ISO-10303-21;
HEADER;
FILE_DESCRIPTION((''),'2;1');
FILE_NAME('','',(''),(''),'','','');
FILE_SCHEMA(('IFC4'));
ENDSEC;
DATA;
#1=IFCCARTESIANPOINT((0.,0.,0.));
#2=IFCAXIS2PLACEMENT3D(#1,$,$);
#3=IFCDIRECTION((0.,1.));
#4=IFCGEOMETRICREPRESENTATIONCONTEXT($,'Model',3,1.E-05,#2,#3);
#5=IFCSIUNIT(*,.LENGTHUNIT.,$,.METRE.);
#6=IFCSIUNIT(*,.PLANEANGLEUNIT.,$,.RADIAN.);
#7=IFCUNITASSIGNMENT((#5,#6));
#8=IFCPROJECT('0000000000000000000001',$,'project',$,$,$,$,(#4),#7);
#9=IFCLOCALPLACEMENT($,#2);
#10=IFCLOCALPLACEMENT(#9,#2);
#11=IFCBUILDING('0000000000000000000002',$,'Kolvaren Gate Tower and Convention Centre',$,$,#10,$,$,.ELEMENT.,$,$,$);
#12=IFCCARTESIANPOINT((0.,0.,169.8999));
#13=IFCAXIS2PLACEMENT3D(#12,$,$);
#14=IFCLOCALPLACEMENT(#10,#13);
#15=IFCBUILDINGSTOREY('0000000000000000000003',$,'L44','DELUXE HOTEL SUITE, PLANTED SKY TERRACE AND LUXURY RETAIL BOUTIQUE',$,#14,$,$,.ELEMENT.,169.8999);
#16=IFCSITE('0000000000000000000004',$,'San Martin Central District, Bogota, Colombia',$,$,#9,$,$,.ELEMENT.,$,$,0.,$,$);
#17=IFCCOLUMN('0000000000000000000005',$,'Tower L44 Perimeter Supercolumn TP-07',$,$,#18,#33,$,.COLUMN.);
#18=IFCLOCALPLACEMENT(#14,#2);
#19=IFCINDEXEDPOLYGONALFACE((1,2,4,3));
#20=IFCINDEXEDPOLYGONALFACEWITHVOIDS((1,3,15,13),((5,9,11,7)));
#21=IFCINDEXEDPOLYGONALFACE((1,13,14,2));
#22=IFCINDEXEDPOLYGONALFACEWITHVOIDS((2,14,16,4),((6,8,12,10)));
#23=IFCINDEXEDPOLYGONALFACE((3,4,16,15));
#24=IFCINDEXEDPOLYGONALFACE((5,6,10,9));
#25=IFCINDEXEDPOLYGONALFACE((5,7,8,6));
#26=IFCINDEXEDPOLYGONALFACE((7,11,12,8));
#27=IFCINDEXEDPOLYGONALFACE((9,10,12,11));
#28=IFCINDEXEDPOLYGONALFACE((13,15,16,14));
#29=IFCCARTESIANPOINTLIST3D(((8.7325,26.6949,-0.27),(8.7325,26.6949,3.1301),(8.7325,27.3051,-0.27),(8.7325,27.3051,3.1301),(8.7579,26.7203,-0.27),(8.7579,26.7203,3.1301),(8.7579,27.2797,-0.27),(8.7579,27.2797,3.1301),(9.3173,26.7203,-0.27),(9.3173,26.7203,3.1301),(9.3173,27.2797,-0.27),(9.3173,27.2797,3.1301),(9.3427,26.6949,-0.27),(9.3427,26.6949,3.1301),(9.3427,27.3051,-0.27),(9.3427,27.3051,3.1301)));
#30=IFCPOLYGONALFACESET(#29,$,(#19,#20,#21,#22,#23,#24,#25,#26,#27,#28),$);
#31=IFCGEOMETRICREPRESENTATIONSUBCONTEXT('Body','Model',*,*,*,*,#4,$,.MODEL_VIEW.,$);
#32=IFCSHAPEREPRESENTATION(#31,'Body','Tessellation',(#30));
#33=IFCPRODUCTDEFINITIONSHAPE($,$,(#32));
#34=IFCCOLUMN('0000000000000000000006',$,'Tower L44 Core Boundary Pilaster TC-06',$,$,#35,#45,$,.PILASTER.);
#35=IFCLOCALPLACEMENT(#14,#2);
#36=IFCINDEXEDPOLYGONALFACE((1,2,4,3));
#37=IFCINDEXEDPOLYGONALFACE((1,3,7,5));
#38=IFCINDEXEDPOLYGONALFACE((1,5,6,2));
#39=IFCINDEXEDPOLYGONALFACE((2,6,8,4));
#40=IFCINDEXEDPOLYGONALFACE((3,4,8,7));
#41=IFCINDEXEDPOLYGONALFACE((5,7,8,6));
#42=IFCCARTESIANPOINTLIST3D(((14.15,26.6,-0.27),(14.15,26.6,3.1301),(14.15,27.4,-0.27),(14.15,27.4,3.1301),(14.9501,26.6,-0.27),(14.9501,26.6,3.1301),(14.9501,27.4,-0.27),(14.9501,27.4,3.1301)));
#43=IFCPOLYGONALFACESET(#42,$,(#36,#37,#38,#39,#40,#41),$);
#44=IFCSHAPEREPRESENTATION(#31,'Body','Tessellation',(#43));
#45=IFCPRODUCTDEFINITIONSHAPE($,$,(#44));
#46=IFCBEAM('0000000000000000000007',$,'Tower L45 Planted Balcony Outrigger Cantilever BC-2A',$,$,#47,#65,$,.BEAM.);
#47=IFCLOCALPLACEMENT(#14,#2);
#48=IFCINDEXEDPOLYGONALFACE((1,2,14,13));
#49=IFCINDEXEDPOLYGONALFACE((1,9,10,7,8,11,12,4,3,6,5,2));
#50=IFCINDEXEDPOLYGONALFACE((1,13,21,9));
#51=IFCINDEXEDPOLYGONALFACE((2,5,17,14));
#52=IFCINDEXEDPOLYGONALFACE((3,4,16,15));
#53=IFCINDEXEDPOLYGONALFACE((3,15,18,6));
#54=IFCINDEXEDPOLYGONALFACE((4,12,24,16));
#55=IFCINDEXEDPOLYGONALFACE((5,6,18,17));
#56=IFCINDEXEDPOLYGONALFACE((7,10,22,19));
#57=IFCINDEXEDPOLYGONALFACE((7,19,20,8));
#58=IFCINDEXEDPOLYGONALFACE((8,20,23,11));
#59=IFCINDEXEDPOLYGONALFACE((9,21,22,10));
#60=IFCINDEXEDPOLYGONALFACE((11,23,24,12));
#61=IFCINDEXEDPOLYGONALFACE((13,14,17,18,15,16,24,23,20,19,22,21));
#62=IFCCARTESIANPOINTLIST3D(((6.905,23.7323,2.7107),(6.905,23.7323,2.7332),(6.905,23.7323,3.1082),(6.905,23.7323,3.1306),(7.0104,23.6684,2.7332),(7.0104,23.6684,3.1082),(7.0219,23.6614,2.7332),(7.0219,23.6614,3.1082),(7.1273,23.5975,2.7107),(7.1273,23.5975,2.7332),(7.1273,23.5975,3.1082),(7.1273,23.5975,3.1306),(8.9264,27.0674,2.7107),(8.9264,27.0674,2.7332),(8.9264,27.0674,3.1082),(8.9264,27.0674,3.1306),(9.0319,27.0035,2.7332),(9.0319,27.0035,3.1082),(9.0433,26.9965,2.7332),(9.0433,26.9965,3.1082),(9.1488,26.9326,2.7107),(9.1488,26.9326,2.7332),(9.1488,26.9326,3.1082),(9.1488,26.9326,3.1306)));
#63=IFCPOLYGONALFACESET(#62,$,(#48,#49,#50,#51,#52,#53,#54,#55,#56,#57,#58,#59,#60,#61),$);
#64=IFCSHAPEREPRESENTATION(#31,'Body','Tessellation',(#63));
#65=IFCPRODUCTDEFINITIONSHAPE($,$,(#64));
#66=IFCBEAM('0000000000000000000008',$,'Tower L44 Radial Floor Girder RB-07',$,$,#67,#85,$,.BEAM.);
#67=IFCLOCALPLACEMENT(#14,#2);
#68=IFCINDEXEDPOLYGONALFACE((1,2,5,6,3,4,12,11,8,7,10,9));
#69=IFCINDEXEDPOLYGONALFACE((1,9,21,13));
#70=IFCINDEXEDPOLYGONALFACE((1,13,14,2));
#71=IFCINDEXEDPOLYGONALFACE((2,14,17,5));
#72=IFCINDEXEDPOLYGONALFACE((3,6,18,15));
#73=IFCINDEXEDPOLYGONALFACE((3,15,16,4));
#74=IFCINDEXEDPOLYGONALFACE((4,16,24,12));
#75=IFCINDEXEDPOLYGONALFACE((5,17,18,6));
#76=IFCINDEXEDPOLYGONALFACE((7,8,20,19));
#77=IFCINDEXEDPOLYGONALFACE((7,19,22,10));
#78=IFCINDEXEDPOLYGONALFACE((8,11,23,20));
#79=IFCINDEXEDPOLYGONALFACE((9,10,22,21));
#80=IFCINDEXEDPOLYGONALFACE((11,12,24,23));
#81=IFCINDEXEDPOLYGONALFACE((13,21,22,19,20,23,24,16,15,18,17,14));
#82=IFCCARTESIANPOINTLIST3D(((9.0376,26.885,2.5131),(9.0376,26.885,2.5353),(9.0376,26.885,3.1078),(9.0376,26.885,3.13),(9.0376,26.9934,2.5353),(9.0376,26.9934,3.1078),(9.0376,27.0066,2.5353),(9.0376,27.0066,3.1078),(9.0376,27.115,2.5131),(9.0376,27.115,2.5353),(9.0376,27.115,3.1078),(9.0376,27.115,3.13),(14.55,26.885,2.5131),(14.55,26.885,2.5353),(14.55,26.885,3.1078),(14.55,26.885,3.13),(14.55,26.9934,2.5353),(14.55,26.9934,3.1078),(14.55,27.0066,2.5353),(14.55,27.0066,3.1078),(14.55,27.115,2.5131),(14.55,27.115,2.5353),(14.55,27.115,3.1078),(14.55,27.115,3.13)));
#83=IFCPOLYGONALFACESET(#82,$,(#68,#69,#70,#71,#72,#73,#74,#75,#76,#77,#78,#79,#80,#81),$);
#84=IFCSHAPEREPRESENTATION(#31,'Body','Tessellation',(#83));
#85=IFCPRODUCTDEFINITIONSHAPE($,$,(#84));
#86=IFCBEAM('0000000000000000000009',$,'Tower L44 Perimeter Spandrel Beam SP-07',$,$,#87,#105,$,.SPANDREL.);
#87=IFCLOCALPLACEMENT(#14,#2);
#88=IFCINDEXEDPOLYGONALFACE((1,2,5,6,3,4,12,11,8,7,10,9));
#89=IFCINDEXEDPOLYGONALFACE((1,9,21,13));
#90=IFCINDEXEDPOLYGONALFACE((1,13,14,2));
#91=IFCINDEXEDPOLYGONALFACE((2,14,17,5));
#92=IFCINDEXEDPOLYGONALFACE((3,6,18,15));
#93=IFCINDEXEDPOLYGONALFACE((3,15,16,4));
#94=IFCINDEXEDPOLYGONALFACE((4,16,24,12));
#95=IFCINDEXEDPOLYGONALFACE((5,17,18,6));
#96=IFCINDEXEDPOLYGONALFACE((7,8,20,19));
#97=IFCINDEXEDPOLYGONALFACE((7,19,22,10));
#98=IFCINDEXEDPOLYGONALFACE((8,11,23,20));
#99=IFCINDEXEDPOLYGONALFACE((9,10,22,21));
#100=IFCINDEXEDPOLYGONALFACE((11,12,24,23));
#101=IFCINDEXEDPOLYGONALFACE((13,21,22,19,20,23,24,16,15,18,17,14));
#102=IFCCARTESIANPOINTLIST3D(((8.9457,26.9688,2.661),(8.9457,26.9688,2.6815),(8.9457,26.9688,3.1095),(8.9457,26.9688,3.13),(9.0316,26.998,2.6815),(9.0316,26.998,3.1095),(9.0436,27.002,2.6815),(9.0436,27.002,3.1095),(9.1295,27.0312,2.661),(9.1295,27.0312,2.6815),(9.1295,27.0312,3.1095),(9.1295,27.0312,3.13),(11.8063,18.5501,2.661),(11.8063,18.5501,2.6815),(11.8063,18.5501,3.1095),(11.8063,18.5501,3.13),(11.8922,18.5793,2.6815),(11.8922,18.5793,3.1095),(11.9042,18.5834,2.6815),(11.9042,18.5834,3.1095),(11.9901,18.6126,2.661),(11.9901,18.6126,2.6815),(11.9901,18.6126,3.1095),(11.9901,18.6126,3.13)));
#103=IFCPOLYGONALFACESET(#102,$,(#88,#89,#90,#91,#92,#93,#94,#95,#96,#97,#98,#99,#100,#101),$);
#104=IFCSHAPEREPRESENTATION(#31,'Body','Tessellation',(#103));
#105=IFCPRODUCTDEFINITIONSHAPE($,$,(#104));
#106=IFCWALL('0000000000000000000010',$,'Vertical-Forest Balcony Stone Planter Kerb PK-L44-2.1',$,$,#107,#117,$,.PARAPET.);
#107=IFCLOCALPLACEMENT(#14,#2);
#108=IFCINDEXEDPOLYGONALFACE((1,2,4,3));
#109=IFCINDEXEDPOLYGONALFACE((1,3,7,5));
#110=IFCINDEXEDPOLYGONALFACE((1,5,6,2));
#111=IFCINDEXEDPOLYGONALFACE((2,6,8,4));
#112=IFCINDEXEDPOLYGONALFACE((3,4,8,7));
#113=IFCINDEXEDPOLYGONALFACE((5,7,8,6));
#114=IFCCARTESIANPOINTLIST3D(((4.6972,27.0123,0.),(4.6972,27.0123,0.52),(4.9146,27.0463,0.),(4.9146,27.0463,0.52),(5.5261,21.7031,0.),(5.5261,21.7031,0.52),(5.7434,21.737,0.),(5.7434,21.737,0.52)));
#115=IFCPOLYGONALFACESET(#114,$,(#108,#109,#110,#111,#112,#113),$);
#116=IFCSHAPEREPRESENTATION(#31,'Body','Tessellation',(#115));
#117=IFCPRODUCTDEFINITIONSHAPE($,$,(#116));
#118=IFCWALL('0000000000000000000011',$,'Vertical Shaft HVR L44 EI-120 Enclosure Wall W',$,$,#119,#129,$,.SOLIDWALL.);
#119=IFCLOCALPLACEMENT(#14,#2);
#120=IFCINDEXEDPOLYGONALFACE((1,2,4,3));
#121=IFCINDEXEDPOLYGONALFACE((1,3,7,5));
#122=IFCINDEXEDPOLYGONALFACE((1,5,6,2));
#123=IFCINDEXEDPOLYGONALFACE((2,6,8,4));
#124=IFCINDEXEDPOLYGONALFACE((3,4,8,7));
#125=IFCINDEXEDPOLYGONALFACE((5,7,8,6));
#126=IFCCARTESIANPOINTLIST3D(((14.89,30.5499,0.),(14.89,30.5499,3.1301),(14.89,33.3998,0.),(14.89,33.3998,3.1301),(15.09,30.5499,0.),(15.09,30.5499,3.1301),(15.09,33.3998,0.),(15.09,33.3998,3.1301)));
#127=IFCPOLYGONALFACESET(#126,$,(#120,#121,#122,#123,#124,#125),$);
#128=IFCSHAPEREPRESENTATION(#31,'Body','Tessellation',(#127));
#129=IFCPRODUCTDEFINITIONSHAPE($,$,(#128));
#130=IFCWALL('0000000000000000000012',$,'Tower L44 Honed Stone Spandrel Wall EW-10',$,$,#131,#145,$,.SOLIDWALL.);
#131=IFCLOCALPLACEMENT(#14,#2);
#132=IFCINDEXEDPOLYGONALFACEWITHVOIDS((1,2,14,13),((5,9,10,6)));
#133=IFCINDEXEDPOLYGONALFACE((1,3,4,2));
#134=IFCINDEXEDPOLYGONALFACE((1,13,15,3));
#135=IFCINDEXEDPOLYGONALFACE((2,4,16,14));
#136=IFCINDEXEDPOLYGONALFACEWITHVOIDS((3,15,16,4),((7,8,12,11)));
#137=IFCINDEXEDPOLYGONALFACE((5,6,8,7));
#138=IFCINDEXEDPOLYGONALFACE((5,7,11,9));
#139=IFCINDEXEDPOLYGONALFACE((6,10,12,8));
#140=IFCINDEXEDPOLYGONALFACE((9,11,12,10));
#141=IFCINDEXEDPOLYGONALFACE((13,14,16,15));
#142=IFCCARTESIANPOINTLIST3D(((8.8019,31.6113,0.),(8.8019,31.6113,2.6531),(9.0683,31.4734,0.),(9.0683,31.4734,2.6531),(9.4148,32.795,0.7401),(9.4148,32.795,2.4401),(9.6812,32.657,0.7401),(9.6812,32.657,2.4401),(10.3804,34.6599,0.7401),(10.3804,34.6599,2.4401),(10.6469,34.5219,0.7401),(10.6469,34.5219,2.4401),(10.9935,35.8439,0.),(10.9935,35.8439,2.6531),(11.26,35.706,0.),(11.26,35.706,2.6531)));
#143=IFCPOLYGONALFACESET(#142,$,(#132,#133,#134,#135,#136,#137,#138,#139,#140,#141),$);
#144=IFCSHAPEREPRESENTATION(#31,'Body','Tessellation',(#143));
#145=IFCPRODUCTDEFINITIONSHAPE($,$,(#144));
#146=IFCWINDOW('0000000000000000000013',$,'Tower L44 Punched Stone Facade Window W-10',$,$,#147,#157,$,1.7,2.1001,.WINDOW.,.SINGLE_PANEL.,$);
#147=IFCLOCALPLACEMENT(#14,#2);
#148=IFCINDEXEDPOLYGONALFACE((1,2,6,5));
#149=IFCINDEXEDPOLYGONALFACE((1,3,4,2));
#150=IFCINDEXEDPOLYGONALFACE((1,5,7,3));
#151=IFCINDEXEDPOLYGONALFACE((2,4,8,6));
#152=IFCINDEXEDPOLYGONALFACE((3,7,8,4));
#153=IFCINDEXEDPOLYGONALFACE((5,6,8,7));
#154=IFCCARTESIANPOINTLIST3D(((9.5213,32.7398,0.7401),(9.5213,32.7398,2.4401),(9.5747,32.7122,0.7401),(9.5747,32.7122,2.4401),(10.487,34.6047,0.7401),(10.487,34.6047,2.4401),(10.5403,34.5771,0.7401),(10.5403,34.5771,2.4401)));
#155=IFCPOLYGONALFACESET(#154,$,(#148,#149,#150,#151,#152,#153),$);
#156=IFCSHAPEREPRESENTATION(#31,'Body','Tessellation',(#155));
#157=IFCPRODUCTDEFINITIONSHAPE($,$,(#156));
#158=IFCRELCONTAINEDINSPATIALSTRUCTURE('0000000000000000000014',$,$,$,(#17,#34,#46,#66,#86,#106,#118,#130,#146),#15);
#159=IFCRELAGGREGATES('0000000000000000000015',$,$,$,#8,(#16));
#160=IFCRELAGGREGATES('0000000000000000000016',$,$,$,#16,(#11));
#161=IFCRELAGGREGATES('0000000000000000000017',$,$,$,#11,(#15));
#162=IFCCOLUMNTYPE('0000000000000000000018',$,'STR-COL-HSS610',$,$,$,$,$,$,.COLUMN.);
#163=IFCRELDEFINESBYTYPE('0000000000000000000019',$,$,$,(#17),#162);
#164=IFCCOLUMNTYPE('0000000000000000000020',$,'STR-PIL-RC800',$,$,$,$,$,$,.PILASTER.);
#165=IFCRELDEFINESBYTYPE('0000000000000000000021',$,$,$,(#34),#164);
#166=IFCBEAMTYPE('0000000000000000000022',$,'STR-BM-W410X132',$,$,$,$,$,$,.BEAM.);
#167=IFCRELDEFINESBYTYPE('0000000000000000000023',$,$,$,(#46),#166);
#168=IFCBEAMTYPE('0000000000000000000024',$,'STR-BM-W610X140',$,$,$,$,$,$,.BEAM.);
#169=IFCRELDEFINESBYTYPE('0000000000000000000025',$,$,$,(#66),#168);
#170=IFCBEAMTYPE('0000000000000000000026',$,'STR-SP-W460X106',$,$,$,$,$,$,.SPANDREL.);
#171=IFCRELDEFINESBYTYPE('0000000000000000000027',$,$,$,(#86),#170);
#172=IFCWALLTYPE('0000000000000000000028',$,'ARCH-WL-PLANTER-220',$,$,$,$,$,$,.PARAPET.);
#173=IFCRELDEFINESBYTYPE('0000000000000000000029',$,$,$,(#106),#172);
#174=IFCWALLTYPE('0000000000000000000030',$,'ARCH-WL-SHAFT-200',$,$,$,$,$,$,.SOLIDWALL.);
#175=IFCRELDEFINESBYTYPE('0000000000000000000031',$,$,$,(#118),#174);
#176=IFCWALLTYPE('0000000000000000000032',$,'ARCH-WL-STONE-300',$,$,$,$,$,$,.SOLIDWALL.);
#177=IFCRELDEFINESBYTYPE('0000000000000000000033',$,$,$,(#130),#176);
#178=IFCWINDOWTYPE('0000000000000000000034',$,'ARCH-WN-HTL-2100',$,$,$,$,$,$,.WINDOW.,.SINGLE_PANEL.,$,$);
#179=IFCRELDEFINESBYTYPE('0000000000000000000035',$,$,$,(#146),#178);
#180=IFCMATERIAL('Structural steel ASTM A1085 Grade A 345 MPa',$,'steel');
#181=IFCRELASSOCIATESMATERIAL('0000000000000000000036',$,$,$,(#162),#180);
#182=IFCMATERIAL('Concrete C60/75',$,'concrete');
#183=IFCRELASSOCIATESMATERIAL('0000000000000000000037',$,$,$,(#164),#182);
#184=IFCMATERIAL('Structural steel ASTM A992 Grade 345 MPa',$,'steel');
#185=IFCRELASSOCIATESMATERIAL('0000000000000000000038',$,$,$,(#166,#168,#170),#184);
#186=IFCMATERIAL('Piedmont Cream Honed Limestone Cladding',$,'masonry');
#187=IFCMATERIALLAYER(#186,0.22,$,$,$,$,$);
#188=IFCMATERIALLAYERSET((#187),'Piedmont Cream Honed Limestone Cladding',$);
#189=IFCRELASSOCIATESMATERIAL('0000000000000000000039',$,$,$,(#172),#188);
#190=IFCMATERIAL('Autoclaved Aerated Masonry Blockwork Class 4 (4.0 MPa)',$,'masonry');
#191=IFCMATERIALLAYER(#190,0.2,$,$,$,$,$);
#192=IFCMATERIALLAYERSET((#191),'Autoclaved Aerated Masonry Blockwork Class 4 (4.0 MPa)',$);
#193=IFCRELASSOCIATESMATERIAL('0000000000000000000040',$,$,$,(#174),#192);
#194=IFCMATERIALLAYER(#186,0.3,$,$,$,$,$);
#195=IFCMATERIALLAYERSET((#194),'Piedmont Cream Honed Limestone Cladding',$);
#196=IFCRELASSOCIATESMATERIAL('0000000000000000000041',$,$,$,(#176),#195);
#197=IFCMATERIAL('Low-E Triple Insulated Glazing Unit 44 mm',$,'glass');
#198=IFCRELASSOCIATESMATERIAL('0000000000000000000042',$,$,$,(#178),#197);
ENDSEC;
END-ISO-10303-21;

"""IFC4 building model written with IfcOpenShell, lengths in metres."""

from ifc_helpers import new_model, si_unit, direction, frame, frame_2d, origin, origin_2d, place, context, subcontext, project, spatial, rectangle, hollow_rectangle, i_section, extrude, material, layer, layer_set, material_profile, profile_set, type_object, element, fill, save


model = new_model("IFC4")

# Units and contexts
model_context = context("Model", 3, precision=1e-05, world=origin(), true_north=direction((0.0, 1.0)))
body_context = subcontext(model_context, "Body", "Model", "MODEL_VIEW")
ifc_project = project(units=[si_unit("LENGTHUNIT", "METRE"), si_unit("PLANEANGLEUNIT", "RADIAN")], contexts=[model_context])

# Site, building, storey
site_placement = place(None, origin())
site = spatial("IfcSite", under=ifc_project, at=site_placement, Name="San Martin Central District, Bogota, Colombia", CompositionType="ELEMENT", RefElevation=0.0)
building_placement = place(site_placement, origin())
building = spatial("IfcBuilding", under=site, at=building_placement, Name="Kolvaren Gate Tower and Convention Centre", CompositionType="ELEMENT")
storey_placement = place(building_placement, frame((0.0, 0.0, 169.8999)))
storey = spatial("IfcBuildingStorey", under=building, at=storey_placement, Name="L44", Description="DELUXE HOTEL SUITE, PLANTED SKY TERRACE AND LUXURY RETAIL BOUTIQUE", CompositionType="ELEMENT", Elevation=169.8999)

# Columns
ifc_material_1 = material(Name="Structural steel ASTM A1085 Grade A 345 MPa", Category="steel")
ifc_material_profile_1 = material_profile(ifc_material_1, hollow_rectangle(XDim=0.6101, YDim=0.6101, WallThickness=0.0254, at=origin_2d()), Name="HSS610X610X25.4")
ifc_profile_set_1 = profile_set([ifc_material_profile_1], Name="Structural steel ASTM A1085 Grade A 345 MPa")
column_type_1 = type_object("IfcColumnType", Name="STR-COL-HSS610", PredefinedType="COLUMN", material=ifc_profile_set_1)
column_1_placement = place(storey_placement, frame((9.0376, 27.0, -0.27), z_axis=(0.0, 0.0, 1.0), x_axis=(1.0, 0.0, 0.0)))
element("IfcColumn", 1, at=column_1_placement, inside=storey, type_object=column_type_1, Name="Tower L44 Perimeter Supercolumn TP-07", PredefinedType="COLUMN", context=body_context, shape_type="SweptSolid", body=[
    extrude(hollow_rectangle(XDim=0.6101, YDim=0.6101, WallThickness=0.0254, at=origin_2d()), origin(), (0.0, 0.0, 1.0), 3.4001),
])
ifc_material_2 = material(Name="Concrete C60/75", Category="concrete")
ifc_material_profile_2 = material_profile(ifc_material_2, rectangle(XDim=0.8, YDim=0.8, at=origin_2d()), Name="RC-COL-800X800")
ifc_profile_set_2 = profile_set([ifc_material_profile_2], Name="Concrete C60/75")
column_type_2 = type_object("IfcColumnType", Name="STR-PIL-RC800", PredefinedType="PILASTER", material=ifc_profile_set_2)
column_2_placement = place(storey_placement, frame((14.55, 27.0, -0.27), z_axis=(0.0, 0.0, 1.0), x_axis=(1.0, 0.0, 0.0)))
element("IfcColumn", 2, at=column_2_placement, inside=storey, type_object=column_type_2, Name="Tower L44 Core Boundary Pilaster TC-06", PredefinedType="PILASTER", context=body_context, shape_type="SweptSolid", body=[
    extrude(rectangle(XDim=0.8, YDim=0.8, at=origin_2d()), origin(), (0.0, 0.0, 1.0), 3.4001),
])

# Beams
ifc_material_3 = material(Name="Structural steel ASTM A992 Grade 345 MPa", Category="steel")
ifc_material_profile_3 = material_profile(ifc_material_3, i_section(OverallWidth=0.26, OverallDepth=0.4199, WebThickness=0.0134, FlangeThickness=0.0225, at=origin_2d()), Name="W410X132")
ifc_profile_set_3 = profile_set([ifc_material_profile_3], Name="Structural steel ASTM A992 Grade 345 MPa")
beam_type_1 = type_object("IfcBeamType", Name="STR-BM-W410X132", PredefinedType="BEAM", material=ifc_profile_set_3)
beam_1_placement = place(storey_placement, frame((9.0376, 27.0, 2.9207), z_axis=(-0.518329, -0.855181, 0.0), x_axis=(0.855181, -0.518329, 0.0)))
element("IfcBeam", 3, at=beam_1_placement, inside=storey, type_object=beam_type_1, Name="Tower L45 Planted Balcony Outrigger Cantilever BC-2A", PredefinedType="BEAM", context=body_context, shape_type="SweptSolid", body=[
    extrude(i_section(OverallWidth=0.26, OverallDepth=0.4199, WebThickness=0.0134, FlangeThickness=0.0225, at=origin_2d()), origin(), (0.0, 0.0, 1.0), 3.8999),
])
ifc_material_profile_4 = material_profile(ifc_material_3, i_section(OverallWidth=0.23, OverallDepth=0.6169, WebThickness=0.0132, FlangeThickness=0.0222, at=origin_2d()), Name="W610X140")
ifc_profile_set_4 = profile_set([ifc_material_profile_4], Name="Structural steel ASTM A992 Grade 345 MPa")
beam_type_2 = type_object("IfcBeamType", Name="STR-BM-W610X140", PredefinedType="BEAM", material=ifc_profile_set_4)
beam_2_placement = place(storey_placement, frame((14.55, 27.0, 2.8215), z_axis=(-1.0, 0.0, 0.0), x_axis=(0.0, -1.0, 0.0)))
element("IfcBeam", 4, at=beam_2_placement, inside=storey, type_object=beam_type_2, Name="Tower L44 Radial Floor Girder RB-07", PredefinedType="BEAM", context=body_context, shape_type="SweptSolid", body=[
    extrude(i_section(OverallWidth=0.23, OverallDepth=0.6169, WebThickness=0.0132, FlangeThickness=0.0222, at=origin_2d()), origin(), (0.0, 0.0, 1.0), 5.5125),
])
ifc_material_profile_5 = material_profile(ifc_material_3, i_section(OverallWidth=0.1941, OverallDepth=0.469, WebThickness=0.0127, FlangeThickness=0.0205, at=origin_2d()), Name="W460X106")
ifc_profile_set_5 = profile_set([ifc_material_profile_5], Name="Structural steel ASTM A992 Grade 345 MPa")
beam_type_3 = type_object("IfcBeamType", Name="STR-SP-W460X106", PredefinedType="SPANDREL", material=ifc_profile_set_5)
beam_3_placement = place(storey_placement, frame((9.0376, 27.0, 2.8955), z_axis=(0.321725, -0.946833, 0.0), x_axis=(0.946833, 0.321725, 0.0)))
element("IfcBeam", 5, at=beam_3_placement, inside=storey, type_object=beam_type_3, Name="Tower L44 Perimeter Spandrel Beam SP-07", PredefinedType="SPANDREL", context=body_context, shape_type="SweptSolid", body=[
    extrude(i_section(OverallWidth=0.1941, OverallDepth=0.469, WebThickness=0.0127, FlangeThickness=0.0205, at=origin_2d()), origin(), (0.0, 0.0, 1.0), 8.8914),
])

# Walls
ifc_material_4 = material(Name="Piedmont Cream Honed Limestone Cladding", Category="masonry")
ifc_layer_1 = layer(ifc_material_4, 0.22)
ifc_layer_set_1 = layer_set([ifc_layer_1], Name="Piedmont Cream Honed Limestone Cladding")
wall_type_1 = type_object("IfcWallType", Name="ARCH-WL-PLANTER-220", PredefinedType="PARAPET", material=ifc_layer_set_1)
wall_1_placement = place(storey_placement, frame((4.8059, 27.0293, 0.0), z_axis=(0.0, 0.0, 1.0), x_axis=(0.154245, -0.988033, 0.0)))
element("IfcWall", 6, at=wall_1_placement, inside=storey, type_object=wall_type_1, Name="Vertical-Forest Balcony Stone Planter Kerb PK-L44-2.1", PredefinedType="PARAPET", context=body_context, shape_type="SweptSolid", body=[
    extrude(rectangle(XDim=5.3735, YDim=0.22, at=frame_2d((2.6868, 0.0))), origin(), (0.0, 0.0, 1.0), 0.52),
])
ifc_material_5 = material(Name="Autoclaved Aerated Masonry Blockwork Class 4 (4.0 MPa)", Category="masonry")
ifc_layer_2 = layer(ifc_material_5, 0.2)
ifc_layer_set_2 = layer_set([ifc_layer_2], Name="Autoclaved Aerated Masonry Blockwork Class 4 (4.0 MPa)")
wall_type_2 = type_object("IfcWallType", Name="ARCH-WL-SHAFT-200", PredefinedType="SOLIDWALL", material=ifc_layer_set_2)
wall_2_placement = place(storey_placement, frame((14.99, 30.55, 0.0), z_axis=(0.0, 0.0, 1.0), x_axis=(0.0, 1.0, 0.0)))
element("IfcWall", 7, at=wall_2_placement, inside=storey, type_object=wall_type_2, Name="Vertical Shaft HVR L44 EI-120 Enclosure Wall W", PredefinedType="SOLIDWALL", context=body_context, shape_type="SweptSolid", body=[
    extrude(rectangle(XDim=2.8499, YDim=0.2, at=frame_2d((1.4248, 0.0))), origin(), (0.0, 0.0, 1.0), 3.1301),
])

# Wall, opening, window
ifc_layer_3 = layer(ifc_material_4, 0.3)
ifc_layer_set_3 = layer_set([ifc_layer_3], Name="Piedmont Cream Honed Limestone Cladding")
wall_type_3 = type_object("IfcWallType", Name="ARCH-WL-STONE-300", PredefinedType="SOLIDWALL", material=ifc_layer_set_3)
wall_3_placement = place(storey_placement, frame((8.9351, 31.5422, 0.0), z_axis=(0.0, 0.0, 1.0), x_axis=(0.45981, 0.888017, 0.0)))
wall_3 = element("IfcWall", 8, at=wall_3_placement, inside=storey, type_object=wall_type_3, Name="Tower L44 Honed Stone Spandrel Wall EW-10", PredefinedType="SOLIDWALL", context=body_context, shape_type="SweptSolid", body=[
    extrude(rectangle(XDim=4.7664, YDim=0.3, at=frame_2d((2.3833, 0.0))), origin(), (0.0, 0.0, 1.0), 2.6531),
])
opening_1_placement = place(wall_3_placement, frame((1.333, 0.0, 0.74)))
opening_1 = element("IfcOpeningElement", 9, at=opening_1_placement, cuts=wall_3, PredefinedType="OPENING", context=body_context, shape_type="SweptSolid", body=[
    extrude(rectangle(XDim=2.1001, YDim=1.7, at=frame_2d((1.05, 0.8501))), frame((0.0, 0.1599, 0.0), z_axis=(0.0, -1.0, 0.0), x_axis=(1.0, 0.0, 0.0)), (0.0, 0.0, 1.0), 0.3201),
])
ifc_material_6 = material(Name="Low-E Triple Insulated Glazing Unit 44 mm", Category="glass")
window_type = type_object("IfcWindowType", Name="ARCH-WN-HTL-2100", PartitioningType="SINGLE_PANEL", PredefinedType="WINDOW", material=ifc_material_6)
window_1_placement = place(opening_1_placement, origin())
window_1 = element("IfcWindow", 10, at=window_1_placement, inside=storey, type_object=window_type, Name="Tower L44 Punched Stone Facade Window W-10", OverallHeight=1.7, OverallWidth=2.1001, PartitioningType="SINGLE_PANEL", PredefinedType="WINDOW", context=body_context, shape_type="SweptSolid", body=[
    extrude(rectangle(XDim=2.1001, YDim=1.7, at=frame_2d((1.05, 0.8501))), frame((0.0, 0.03, 0.0), z_axis=(0.0, -1.0, 0.0), x_axis=(1.0, 0.0, 0.0)), (0.0, 0.0, 1.0), 0.0601),
])
fill(opening_1, window_1)

save(model, "model.ifc")
